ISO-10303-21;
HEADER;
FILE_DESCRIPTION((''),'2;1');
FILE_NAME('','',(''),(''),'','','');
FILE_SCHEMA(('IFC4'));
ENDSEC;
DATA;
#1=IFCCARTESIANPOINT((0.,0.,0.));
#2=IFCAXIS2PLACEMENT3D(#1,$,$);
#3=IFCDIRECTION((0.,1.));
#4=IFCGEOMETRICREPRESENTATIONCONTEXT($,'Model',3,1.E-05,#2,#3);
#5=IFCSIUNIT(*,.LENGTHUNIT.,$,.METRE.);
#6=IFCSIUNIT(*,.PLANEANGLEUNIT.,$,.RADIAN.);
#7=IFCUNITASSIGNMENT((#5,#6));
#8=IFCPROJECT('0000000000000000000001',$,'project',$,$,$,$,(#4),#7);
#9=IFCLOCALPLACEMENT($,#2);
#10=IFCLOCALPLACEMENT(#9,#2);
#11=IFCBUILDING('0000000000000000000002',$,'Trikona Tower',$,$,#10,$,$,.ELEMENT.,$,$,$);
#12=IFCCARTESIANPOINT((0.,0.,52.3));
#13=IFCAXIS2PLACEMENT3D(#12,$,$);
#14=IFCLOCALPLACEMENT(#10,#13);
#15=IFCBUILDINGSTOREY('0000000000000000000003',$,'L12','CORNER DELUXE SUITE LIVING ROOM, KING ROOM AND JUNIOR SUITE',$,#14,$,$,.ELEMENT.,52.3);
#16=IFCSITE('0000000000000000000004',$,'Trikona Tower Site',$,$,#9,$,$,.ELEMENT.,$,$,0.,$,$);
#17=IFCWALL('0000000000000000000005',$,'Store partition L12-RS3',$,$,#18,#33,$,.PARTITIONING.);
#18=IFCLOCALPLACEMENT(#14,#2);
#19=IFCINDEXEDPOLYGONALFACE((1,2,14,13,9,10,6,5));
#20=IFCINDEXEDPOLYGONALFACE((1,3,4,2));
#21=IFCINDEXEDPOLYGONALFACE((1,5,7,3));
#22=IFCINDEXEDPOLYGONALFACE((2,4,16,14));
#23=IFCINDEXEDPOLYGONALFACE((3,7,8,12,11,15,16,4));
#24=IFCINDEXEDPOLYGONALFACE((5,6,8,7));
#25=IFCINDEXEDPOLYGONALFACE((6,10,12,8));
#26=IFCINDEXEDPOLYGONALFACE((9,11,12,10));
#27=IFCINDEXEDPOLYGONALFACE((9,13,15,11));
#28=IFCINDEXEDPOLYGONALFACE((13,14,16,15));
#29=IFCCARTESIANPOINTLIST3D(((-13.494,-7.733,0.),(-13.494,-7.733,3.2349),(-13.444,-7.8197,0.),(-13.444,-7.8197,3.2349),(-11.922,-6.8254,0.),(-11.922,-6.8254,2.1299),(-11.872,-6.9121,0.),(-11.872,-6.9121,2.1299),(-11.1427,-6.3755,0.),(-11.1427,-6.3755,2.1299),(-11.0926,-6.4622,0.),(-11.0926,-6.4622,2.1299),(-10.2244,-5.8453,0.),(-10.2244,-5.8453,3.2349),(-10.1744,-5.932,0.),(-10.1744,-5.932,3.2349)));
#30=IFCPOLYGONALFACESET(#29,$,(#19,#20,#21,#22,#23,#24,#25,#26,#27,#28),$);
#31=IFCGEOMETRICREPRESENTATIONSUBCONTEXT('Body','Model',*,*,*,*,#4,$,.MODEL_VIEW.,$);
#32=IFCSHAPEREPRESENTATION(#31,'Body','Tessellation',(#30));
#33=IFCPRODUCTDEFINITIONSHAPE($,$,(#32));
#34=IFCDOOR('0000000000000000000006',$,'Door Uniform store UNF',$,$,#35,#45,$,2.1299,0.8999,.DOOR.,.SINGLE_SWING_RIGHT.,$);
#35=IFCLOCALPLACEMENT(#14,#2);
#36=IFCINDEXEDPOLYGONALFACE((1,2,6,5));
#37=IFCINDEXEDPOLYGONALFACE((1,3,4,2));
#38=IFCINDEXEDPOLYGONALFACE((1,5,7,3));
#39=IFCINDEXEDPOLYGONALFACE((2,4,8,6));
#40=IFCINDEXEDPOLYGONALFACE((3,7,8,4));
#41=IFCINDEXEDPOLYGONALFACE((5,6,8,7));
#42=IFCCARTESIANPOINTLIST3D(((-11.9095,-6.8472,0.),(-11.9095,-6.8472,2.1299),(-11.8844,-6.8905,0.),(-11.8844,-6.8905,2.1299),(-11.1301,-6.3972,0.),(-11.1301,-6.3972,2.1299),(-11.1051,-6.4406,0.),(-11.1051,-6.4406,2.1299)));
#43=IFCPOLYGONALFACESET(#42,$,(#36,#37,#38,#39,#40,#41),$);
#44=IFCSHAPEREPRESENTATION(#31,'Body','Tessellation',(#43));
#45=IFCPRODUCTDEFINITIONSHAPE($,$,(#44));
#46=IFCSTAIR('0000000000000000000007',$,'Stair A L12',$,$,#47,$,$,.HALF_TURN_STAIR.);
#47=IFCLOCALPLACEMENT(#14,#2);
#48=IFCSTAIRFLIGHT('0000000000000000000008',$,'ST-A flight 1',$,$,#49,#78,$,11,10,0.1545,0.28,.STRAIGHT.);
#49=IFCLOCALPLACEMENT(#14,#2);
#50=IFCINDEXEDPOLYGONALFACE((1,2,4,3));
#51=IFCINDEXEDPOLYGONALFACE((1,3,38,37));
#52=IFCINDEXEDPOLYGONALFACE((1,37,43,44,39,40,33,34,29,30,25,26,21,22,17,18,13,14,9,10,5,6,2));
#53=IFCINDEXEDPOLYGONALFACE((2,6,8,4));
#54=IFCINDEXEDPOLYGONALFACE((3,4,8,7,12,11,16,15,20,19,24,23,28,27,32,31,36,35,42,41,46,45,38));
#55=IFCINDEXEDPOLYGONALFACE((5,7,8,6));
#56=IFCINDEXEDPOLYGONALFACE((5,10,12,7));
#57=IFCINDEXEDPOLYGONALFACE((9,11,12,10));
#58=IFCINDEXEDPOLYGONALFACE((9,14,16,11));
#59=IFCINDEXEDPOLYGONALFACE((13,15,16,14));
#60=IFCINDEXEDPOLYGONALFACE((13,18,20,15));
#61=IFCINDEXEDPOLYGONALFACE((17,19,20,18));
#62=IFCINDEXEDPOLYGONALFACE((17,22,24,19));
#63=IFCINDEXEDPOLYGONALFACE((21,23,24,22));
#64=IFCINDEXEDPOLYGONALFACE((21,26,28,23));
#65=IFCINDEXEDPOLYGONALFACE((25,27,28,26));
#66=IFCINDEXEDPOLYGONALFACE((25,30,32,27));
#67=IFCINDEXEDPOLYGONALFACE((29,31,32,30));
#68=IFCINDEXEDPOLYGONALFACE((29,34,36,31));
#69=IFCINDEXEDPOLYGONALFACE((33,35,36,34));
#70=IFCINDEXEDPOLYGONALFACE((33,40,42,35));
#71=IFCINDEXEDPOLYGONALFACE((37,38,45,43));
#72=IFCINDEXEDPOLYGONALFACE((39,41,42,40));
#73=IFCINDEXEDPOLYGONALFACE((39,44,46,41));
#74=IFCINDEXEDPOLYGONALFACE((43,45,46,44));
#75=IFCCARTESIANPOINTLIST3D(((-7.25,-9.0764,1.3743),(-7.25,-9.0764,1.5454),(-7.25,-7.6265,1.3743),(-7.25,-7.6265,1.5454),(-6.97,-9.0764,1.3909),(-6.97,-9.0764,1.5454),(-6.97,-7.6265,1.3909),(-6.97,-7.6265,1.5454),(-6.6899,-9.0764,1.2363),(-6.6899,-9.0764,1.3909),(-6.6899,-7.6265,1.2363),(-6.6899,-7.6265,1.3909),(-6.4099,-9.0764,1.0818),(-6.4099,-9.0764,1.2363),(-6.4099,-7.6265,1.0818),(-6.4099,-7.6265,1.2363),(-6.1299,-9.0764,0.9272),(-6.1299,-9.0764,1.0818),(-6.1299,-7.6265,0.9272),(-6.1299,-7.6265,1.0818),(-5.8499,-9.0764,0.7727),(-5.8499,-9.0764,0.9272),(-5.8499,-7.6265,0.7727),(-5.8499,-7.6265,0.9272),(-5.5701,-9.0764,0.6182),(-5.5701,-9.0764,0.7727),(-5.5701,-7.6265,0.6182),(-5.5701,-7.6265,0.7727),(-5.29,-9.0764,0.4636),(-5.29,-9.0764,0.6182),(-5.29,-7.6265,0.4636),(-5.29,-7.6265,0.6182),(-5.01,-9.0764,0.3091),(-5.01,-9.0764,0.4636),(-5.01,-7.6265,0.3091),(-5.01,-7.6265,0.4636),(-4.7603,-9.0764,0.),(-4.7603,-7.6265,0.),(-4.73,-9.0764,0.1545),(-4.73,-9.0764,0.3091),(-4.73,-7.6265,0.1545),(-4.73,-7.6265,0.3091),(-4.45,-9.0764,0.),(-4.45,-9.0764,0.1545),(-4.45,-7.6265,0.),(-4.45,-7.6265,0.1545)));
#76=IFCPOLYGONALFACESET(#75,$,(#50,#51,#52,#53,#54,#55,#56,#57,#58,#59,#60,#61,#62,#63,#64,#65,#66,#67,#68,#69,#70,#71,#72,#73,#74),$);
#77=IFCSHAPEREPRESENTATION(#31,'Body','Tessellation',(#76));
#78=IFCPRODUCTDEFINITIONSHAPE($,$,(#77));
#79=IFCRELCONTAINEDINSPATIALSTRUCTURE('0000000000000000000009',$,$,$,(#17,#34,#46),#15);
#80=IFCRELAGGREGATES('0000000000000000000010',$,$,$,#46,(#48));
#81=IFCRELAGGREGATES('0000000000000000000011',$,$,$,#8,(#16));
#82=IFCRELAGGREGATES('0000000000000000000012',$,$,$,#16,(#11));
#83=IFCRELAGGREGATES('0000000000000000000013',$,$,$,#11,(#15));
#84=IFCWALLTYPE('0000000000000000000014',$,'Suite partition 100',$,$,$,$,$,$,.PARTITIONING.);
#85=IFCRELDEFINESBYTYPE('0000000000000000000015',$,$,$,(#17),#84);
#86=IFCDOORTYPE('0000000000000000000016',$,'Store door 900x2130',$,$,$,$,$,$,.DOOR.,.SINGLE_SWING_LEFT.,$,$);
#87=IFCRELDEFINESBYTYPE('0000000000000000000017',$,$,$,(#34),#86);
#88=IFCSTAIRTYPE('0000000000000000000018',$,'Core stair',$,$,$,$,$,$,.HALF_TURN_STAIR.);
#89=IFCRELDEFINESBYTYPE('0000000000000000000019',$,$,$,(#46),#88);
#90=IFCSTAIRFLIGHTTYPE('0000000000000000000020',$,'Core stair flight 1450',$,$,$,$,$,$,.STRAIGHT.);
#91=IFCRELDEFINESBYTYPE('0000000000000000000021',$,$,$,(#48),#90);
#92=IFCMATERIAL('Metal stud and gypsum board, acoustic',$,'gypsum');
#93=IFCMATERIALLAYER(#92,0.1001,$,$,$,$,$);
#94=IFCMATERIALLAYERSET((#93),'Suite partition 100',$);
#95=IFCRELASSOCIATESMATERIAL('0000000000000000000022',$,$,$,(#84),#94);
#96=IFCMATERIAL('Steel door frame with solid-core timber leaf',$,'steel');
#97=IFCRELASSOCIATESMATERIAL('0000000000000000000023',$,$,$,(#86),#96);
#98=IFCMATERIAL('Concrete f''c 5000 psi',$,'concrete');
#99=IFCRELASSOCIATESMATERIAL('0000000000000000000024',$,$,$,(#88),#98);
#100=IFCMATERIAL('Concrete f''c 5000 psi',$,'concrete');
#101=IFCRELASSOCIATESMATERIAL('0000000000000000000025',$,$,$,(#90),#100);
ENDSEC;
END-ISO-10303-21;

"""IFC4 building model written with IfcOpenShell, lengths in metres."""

from ifc_helpers import new_model, si_unit, direction, frame, frame_2d, origin, place, context, subcontext, project, spatial, polyline, rectangle, outline, extrude, material, layer, layer_set, type_object, element, fill, aggregate, save


model = new_model("IFC4")

# Units and contexts
model_context = context("Model", 3, precision=1e-05, world=origin(), true_north=direction((0.0, 1.0)))
body_context = subcontext(model_context, "Body", "Model", "MODEL_VIEW")
ifc_project = project(units=[si_unit("LENGTHUNIT", "METRE"), si_unit("PLANEANGLEUNIT", "RADIAN")], contexts=[model_context])

# Site, building, storey
site_placement = place(None, origin())
site = spatial("IfcSite", under=ifc_project, at=site_placement, Name="Trikona Tower Site", CompositionType="ELEMENT", RefElevation=0.0)
building_placement = place(site_placement, origin())
building = spatial("IfcBuilding", under=site, at=building_placement, Name="Trikona Tower", CompositionType="ELEMENT")
storey_placement = place(building_placement, frame((0.0, 0.0, 52.3)))
storey = spatial("IfcBuildingStorey", under=building, at=storey_placement, Name="L12", Description="CORNER DELUXE SUITE LIVING ROOM, KING ROOM AND JUNIOR SUITE", CompositionType="ELEMENT", Elevation=52.3)

# Wall, opening, door
ifc_material_1 = material(Name="Metal stud and gypsum board, acoustic", Category="gypsum")
ifc_layer_1 = layer(ifc_material_1, 0.1001)
ifc_layer_set_1 = layer_set([ifc_layer_1], Name="Suite partition 100")
wall_type_1 = type_object("IfcWallType", Name="Suite partition 100", PredefinedType="PARTITIONING", material=ifc_layer_set_1)
wall_1_placement = place(storey_placement, frame((-13.469, -7.7764, 0.0), z_axis=(0.0, 0.0, 1.0), x_axis=(0.866022, 0.500006, 0.0)))
wall_1 = element("IfcWall", 1, at=wall_1_placement, inside=storey, type_object=wall_type_1, Name="Store partition L12-RS3", PredefinedType="PARTITIONING", context=body_context, shape_type="SweptSolid", body=[
    extrude(rectangle(XDim=3.7754, YDim=0.1001, at=frame_2d((1.8877, 0.0))), origin(), (0.0, 0.0, 1.0), 3.2349),
])
opening_1_placement = place(wall_1_placement, frame((1.8152, 0.0, 0.0)))
opening_1 = element("IfcOpeningElement", 2, at=opening_1_placement, cuts=wall_1, PredefinedType="OPENING", context=body_context, shape_type="SweptSolid", body=[
    extrude(rectangle(XDim=0.8999, YDim=2.1299, at=frame_2d((0.45, 1.0649))), frame((0.0, 0.0601, 0.0), z_axis=(0.0, -1.0, 0.0), x_axis=(1.0, 0.0, 0.0)), (0.0, 0.0, 1.0), 0.1201),
])
ifc_material_2 = material(Name="Steel door frame with solid-core timber leaf", Category="steel")
door_type_1 = type_object("IfcDoorType", Name="Store door 900x2130", OperationType="SINGLE_SWING_LEFT", PredefinedType="DOOR", material=ifc_material_2)
door_1_placement = place(opening_1_placement, origin())
door_1 = element("IfcDoor", 3, at=door_1_placement, inside=storey, type_object=door_type_1, Name="Door Uniform store UNF", OperationType="SINGLE_SWING_RIGHT", OverallHeight=2.1299, OverallWidth=0.8999, PredefinedType="DOOR", context=body_context, shape_type="SweptSolid", body=[
    extrude(rectangle(XDim=0.8999, YDim=2.1299, at=frame_2d((0.45, 1.0649))), frame((0.0, 0.0249, 0.0), z_axis=(0.0, -1.0, 0.0), x_axis=(1.0, 0.0, 0.0)), (0.0, 0.0, 1.0), 0.05),
])
fill(opening_1, door_1)

# Stair, stair flight
ifc_material_3 = material(Name="Concrete f'c 5000 psi", Category="concrete")
stair_type = type_object("IfcStairType", Name="Core stair", PredefinedType="HALF_TURN_STAIR", material=ifc_material_3)
stair_placement = place(storey_placement, origin())
stair = element("IfcStair", 4, at=stair_placement, inside=storey, type_object=stair_type, Name="Stair A L12", PredefinedType="HALF_TURN_STAIR")
ifc_material_4 = material(Name="Concrete f'c 5000 psi", Category="concrete")
stair_flight_type = type_object("IfcStairFlightType", Name="Core stair flight 1450", PredefinedType="STRAIGHT", material=ifc_material_4)
stair_flight_placement = place(storey_placement, frame((-4.45, -8.3513, 0.0), z_axis=(0.0, 0.0, 1.0), x_axis=(-1.0, 0.0, 0.0)))
stair_flight = element("IfcStairFlight", 5, at=stair_flight_placement, type_object=stair_flight_type, Name="ST-A flight 1", NumberOfRisers=11, NumberOfTreads=10, PredefinedType="STRAIGHT", RiserHeight=0.1545, TreadLength=0.28, context=body_context, shape_type="SweptSolid", body=[
    extrude(outline(polyline([(0.0, 0.0), (0.0, 0.1545), (0.28, 0.1545), (0.28, 0.3091), (0.5601, 0.3091), (0.5601, 0.4636), (0.8401, 0.4636), (0.8401, 0.6182), (1.1201, 0.6182), (1.1201, 0.7727), (1.3999, 0.7727), (1.3999, 0.9272), (1.6799, 0.9272), (1.6799, 1.0818), (1.96, 1.0818), (1.96, 1.2363), (2.24, 1.2363), (2.24, 1.3909), (2.52, 1.3909), (2.52, 1.5454), (2.8, 1.5454), (2.8, 1.7), (2.8, 1.3743), (0.3103, 0.0), (0.0, 0.0)])), frame((0.0, 0.7251, 0.0), z_axis=(0.0, -1.0, 0.0), x_axis=(1.0, 0.0, 0.0)), (0.0, 0.0, 1.0), 1.45),
])
aggregate(stair, [stair_flight])

save(model, "model.ifc")
